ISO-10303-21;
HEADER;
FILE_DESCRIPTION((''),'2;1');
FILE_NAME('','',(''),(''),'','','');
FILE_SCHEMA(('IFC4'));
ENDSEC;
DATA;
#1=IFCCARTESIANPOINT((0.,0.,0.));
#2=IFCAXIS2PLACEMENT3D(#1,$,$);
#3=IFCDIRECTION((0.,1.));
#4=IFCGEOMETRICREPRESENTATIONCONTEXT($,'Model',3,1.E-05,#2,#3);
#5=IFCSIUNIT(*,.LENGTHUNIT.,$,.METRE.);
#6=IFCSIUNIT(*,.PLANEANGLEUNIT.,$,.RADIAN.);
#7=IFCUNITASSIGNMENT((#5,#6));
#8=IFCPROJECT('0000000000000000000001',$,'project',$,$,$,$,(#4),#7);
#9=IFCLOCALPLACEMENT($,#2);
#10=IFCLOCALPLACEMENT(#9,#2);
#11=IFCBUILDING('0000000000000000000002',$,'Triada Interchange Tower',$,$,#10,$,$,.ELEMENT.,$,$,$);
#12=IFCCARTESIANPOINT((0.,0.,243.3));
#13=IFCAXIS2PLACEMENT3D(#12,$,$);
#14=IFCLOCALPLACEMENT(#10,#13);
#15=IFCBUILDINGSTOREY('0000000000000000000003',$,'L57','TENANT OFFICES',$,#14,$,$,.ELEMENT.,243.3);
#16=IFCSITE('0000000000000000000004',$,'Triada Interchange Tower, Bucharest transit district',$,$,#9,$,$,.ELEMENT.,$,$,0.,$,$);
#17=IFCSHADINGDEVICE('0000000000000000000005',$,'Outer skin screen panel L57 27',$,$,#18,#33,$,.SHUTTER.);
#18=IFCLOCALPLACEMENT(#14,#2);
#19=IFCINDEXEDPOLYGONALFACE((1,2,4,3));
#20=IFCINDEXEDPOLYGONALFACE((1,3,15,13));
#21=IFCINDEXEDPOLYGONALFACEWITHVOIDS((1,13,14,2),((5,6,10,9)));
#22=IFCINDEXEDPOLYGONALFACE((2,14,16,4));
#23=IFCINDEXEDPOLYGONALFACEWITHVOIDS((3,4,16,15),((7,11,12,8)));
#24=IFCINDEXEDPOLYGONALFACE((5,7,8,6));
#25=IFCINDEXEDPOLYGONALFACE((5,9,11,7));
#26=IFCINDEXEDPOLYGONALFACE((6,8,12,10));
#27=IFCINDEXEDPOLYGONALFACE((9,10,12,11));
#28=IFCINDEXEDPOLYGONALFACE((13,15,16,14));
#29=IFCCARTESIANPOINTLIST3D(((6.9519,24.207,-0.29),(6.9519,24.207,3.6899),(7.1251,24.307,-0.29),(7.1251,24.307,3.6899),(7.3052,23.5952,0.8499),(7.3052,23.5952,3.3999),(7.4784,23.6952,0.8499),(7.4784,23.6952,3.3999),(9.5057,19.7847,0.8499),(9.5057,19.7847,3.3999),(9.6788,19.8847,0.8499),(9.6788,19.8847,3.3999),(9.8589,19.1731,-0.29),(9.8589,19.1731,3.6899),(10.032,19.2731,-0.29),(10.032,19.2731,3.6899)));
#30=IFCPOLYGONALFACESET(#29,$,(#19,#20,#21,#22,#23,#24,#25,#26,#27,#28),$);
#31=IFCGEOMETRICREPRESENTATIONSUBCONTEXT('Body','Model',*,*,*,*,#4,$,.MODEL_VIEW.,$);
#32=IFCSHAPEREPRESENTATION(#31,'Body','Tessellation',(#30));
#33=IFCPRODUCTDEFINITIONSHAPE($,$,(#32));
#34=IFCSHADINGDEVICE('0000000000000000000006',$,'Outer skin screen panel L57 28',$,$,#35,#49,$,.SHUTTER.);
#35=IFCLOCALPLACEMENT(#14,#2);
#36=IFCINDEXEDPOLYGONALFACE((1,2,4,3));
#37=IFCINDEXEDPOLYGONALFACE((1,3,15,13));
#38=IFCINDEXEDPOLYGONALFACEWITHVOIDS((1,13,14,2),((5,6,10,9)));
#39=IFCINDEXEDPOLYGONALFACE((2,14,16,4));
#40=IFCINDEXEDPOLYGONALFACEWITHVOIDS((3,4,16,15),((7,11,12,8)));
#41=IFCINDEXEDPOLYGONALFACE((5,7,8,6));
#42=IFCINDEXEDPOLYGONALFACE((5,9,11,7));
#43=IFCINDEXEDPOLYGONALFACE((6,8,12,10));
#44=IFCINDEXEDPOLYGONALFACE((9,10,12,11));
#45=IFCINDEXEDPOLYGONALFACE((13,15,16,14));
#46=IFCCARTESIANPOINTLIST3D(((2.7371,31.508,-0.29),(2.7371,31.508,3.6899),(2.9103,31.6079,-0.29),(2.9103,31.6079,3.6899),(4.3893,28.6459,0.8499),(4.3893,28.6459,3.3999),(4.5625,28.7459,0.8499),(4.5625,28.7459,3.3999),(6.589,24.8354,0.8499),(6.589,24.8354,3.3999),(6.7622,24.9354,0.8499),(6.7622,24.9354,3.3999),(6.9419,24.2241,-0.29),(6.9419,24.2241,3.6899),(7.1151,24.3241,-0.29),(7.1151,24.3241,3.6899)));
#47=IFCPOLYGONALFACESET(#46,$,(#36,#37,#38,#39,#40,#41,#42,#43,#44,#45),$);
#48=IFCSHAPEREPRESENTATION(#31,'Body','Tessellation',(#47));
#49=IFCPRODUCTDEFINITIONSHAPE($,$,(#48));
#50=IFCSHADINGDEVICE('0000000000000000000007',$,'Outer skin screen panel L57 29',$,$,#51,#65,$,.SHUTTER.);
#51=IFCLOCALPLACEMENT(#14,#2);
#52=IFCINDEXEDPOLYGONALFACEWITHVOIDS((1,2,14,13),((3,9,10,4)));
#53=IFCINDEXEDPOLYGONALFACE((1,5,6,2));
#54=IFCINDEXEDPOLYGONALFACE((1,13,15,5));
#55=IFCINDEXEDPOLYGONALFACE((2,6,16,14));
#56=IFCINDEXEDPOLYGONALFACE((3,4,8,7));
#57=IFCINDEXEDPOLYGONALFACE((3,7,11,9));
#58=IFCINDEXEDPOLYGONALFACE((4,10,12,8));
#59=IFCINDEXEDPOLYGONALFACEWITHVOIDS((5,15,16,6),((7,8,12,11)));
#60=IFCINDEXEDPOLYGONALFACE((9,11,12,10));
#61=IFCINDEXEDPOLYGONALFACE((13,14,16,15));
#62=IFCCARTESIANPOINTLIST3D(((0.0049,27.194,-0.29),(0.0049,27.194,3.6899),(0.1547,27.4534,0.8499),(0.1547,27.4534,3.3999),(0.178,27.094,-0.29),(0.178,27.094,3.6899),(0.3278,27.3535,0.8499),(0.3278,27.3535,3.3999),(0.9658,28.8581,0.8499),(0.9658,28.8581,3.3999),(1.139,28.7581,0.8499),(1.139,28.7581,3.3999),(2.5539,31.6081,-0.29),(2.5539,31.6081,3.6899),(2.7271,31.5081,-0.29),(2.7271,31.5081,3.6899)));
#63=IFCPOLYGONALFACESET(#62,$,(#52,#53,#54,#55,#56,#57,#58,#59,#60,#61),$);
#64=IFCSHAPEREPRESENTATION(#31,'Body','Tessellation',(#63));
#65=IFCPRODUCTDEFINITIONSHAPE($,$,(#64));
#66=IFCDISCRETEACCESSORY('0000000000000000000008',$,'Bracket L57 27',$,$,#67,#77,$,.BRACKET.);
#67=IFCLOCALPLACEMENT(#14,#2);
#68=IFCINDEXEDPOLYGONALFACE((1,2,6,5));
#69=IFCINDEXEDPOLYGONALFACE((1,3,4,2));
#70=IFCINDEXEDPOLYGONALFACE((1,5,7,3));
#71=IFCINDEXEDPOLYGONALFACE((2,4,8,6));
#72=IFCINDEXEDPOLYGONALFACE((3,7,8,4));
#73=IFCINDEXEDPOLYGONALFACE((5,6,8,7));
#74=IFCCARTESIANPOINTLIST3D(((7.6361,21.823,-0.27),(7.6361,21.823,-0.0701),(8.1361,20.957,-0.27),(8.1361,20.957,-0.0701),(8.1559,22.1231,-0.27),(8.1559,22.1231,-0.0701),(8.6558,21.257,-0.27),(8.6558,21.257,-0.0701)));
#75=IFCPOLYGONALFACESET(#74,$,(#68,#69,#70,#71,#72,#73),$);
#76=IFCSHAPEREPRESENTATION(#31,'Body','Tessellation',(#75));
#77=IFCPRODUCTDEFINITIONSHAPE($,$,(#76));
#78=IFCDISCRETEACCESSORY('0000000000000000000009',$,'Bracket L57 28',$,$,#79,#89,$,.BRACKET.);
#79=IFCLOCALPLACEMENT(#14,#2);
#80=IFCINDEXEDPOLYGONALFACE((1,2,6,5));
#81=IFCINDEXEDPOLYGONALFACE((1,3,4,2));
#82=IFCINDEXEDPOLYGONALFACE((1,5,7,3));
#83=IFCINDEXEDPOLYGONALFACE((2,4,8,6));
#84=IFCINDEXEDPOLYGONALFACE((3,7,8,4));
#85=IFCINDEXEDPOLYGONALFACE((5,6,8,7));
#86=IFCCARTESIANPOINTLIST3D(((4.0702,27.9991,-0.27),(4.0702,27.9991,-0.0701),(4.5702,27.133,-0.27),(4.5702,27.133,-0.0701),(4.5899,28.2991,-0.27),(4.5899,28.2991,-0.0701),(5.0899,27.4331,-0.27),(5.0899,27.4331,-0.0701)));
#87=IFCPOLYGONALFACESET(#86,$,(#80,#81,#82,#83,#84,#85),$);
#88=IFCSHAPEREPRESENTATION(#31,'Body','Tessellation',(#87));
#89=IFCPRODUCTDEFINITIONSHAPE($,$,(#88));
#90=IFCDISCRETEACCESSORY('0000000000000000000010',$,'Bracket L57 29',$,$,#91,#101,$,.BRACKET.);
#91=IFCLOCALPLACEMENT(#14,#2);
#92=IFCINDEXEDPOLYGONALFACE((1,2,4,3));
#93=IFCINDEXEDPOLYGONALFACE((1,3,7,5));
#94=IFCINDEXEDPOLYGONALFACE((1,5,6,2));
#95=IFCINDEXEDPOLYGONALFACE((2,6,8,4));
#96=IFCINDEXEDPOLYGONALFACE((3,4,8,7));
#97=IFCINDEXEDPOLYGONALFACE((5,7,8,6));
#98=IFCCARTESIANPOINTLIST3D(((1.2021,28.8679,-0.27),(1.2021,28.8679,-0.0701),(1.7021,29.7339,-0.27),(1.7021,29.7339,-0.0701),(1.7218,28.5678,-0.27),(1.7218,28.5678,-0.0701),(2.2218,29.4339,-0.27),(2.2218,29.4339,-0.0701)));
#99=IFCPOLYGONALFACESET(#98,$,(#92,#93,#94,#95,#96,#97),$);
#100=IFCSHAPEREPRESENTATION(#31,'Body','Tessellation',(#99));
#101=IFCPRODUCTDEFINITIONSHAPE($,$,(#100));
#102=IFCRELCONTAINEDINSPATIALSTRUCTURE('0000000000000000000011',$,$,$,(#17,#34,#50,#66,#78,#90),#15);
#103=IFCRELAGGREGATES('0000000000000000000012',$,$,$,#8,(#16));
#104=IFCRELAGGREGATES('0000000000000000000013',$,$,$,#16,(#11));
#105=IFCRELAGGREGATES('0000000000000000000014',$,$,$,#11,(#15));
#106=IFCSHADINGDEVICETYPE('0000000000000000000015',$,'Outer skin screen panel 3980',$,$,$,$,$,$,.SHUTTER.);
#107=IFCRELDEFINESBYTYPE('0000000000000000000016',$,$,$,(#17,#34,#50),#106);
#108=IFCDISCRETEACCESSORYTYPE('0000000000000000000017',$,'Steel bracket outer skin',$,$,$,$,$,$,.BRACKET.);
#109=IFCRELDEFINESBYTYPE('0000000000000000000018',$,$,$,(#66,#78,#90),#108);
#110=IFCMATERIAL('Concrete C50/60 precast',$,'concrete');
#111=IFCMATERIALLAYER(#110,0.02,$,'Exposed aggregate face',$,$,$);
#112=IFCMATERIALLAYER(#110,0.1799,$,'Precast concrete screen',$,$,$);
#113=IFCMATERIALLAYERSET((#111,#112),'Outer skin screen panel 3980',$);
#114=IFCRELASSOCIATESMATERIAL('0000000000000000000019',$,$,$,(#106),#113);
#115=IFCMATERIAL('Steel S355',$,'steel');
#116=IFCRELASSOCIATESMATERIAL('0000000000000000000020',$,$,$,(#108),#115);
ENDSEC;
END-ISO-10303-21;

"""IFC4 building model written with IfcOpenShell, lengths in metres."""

from ifc_helpers import new_model, si_unit, direction, frame, origin, origin_2d, place, context, subcontext, project, spatial, polyline, rectangle, outline, extrude, material, layer, layer_set, type_object, element, save


model = new_model("IFC4")

# Units and contexts
model_context = context("Model", 3, precision=1e-05, world=origin(), true_north=direction((0.0, 1.0)))
body_context = subcontext(model_context, "Body", "Model", "MODEL_VIEW")
ifc_project = project(units=[si_unit("LENGTHUNIT", "METRE"), si_unit("PLANEANGLEUNIT", "RADIAN")], contexts=[model_context])

# Site, building, storey
site_placement = place(None, origin())
site = spatial("IfcSite", under=ifc_project, at=site_placement, Name="Triada Interchange Tower, Bucharest transit district", CompositionType="ELEMENT", RefElevation=0.0)
building_placement = place(site_placement, origin())
building = spatial("IfcBuilding", under=site, at=building_placement, Name="Triada Interchange Tower", CompositionType="ELEMENT")
storey_placement = place(building_placement, frame((0.0, 0.0, 243.3)))
storey = spatial("IfcBuildingStorey", under=building, at=storey_placement, Name="L57", Description="TENANT OFFICES", CompositionType="ELEMENT", Elevation=243.3)

# Shading devices
ifc_material_1 = material(Name="Concrete C50/60 precast", Category="concrete")
ifc_layer_1 = layer(ifc_material_1, 0.02, Name="Exposed aggregate face")
ifc_layer_2 = layer(ifc_material_1, 0.1799, Name="Precast concrete screen")
ifc_layer_set_1 = layer_set([ifc_layer_1, ifc_layer_2], Name="Outer skin screen panel 3980")
shading_device_type = type_object("IfcShadingDeviceType", Name="Outer skin screen panel 3980", PredefinedType="SHUTTER", material=ifc_layer_set_1)
shading_device_1_placement = place(storey_placement, frame((9.8589, 19.1731, -0.29), z_axis=(0.0, 0.0, 1.0), x_axis=(-0.500082, 0.865978, 0.0)))
element("IfcShadingDevice", 1, at=shading_device_1_placement, inside=storey, type_object=shading_device_type, Name="Outer skin screen panel L57 27", PredefinedType="SHUTTER", context=body_context, shape_type="SweptSolid", body=[
    extrude(outline(polyline([(0.0, 0.0), (5.813, 0.0), (5.813, 3.98), (0.0, 3.98), (0.0, 0.0)]), holes=[polyline([(0.7063, 1.1399), (0.7063, 3.6899), (5.1064, 3.6899), (5.1064, 1.1399), (0.7063, 1.1399)])]), frame((0.0, 0.0, 0.0), z_axis=(0.0, -1.0, 0.0), x_axis=(1.0, 0.0, 0.0)), (0.0, 0.0, 1.0), 0.2),
])
shading_device_2_placement = place(storey_placement, frame((6.9419, 24.2241, -0.29), z_axis=(0.0, 0.0, 1.0), x_axis=(-0.499951, 0.866054, 0.0)))
element("IfcShadingDevice", 2, at=shading_device_2_placement, inside=storey, type_object=shading_device_type, Name="Outer skin screen panel L57 28", PredefinedType="SHUTTER", context=body_context, shape_type="SweptSolid", body=[
    extrude(outline(polyline([(0.0, 0.0), (8.4104, 0.0), (8.4104, 3.98), (0.0, 3.98), (0.0, 0.0)]), holes=[polyline([(0.7058, 1.1399), (0.7058, 3.6899), (5.1057, 3.6899), (5.1057, 1.1399), (0.7058, 1.1399)])]), frame((0.0, 0.0, 0.0), z_axis=(0.0, -1.0, 0.0), x_axis=(1.0, 0.0, 0.0)), (0.0, 0.0, 1.0), 0.2),
])
shading_device_3_placement = place(storey_placement, frame((2.7271, 31.5081, -0.29), z_axis=(0.0, 0.0, 1.0), x_axis=(-0.50009, -0.865973, 0.0)))
element("IfcShadingDevice", 3, at=shading_device_3_placement, inside=storey, type_object=shading_device_type, Name="Outer skin screen panel L57 29", PredefinedType="SHUTTER", context=body_context, shape_type="SweptSolid", body=[
    extrude(outline(polyline([(0.0, 0.0), (5.0972, 0.0), (5.0972, 3.98), (0.0, 3.98), (0.0, 0.0)]), holes=[polyline([(3.1755, 1.1399), (3.1755, 3.6899), (4.7976, 3.6899), (4.7976, 1.1399), (3.1755, 1.1399)])]), frame((0.0, 0.0, 0.0), z_axis=(0.0, -1.0, 0.0), x_axis=(1.0, 0.0, 0.0)), (0.0, 0.0, 1.0), 0.2),
])

# Discrete accessories
ifc_material_2 = material(Name="Steel S355", Category="steel")
discrete_accessory_type = type_object("IfcDiscreteAccessoryType", Name="Steel bracket outer skin", PredefinedType="BRACKET", material=ifc_material_2)
for number, where, z_axis, x_axis, name in (
    (4, (8.146, 21.54, -0.27), (0.0, 0.0, 1.0), (0.86603, 0.499991, 0.0), "Bracket L57 27"),
    (5, (4.5801, 27.7161, -0.27), (0.0, 0.0, 1.0), (0.86603, 0.499991, 0.0), "Bracket L57 28"),
    (6, (1.7119, 29.1509, -0.27), (0.0, 0.0, 1.0), (-0.866027, 0.499997, 0.0), "Bracket L57 29"),
):
    element("IfcDiscreteAccessory", number, at=place(storey_placement, frame(where, z_axis=z_axis, x_axis=x_axis)), inside=storey, type_object=discrete_accessory_type, Name=name, PredefinedType="BRACKET", context=body_context, shape_type="SweptSolid", body=[
        extrude(rectangle(XDim=0.6001, YDim=1.0, at=origin_2d()), origin(), (0.0, 0.0, 1.0), 0.2),
    ])

save(model, "model.ifc")
